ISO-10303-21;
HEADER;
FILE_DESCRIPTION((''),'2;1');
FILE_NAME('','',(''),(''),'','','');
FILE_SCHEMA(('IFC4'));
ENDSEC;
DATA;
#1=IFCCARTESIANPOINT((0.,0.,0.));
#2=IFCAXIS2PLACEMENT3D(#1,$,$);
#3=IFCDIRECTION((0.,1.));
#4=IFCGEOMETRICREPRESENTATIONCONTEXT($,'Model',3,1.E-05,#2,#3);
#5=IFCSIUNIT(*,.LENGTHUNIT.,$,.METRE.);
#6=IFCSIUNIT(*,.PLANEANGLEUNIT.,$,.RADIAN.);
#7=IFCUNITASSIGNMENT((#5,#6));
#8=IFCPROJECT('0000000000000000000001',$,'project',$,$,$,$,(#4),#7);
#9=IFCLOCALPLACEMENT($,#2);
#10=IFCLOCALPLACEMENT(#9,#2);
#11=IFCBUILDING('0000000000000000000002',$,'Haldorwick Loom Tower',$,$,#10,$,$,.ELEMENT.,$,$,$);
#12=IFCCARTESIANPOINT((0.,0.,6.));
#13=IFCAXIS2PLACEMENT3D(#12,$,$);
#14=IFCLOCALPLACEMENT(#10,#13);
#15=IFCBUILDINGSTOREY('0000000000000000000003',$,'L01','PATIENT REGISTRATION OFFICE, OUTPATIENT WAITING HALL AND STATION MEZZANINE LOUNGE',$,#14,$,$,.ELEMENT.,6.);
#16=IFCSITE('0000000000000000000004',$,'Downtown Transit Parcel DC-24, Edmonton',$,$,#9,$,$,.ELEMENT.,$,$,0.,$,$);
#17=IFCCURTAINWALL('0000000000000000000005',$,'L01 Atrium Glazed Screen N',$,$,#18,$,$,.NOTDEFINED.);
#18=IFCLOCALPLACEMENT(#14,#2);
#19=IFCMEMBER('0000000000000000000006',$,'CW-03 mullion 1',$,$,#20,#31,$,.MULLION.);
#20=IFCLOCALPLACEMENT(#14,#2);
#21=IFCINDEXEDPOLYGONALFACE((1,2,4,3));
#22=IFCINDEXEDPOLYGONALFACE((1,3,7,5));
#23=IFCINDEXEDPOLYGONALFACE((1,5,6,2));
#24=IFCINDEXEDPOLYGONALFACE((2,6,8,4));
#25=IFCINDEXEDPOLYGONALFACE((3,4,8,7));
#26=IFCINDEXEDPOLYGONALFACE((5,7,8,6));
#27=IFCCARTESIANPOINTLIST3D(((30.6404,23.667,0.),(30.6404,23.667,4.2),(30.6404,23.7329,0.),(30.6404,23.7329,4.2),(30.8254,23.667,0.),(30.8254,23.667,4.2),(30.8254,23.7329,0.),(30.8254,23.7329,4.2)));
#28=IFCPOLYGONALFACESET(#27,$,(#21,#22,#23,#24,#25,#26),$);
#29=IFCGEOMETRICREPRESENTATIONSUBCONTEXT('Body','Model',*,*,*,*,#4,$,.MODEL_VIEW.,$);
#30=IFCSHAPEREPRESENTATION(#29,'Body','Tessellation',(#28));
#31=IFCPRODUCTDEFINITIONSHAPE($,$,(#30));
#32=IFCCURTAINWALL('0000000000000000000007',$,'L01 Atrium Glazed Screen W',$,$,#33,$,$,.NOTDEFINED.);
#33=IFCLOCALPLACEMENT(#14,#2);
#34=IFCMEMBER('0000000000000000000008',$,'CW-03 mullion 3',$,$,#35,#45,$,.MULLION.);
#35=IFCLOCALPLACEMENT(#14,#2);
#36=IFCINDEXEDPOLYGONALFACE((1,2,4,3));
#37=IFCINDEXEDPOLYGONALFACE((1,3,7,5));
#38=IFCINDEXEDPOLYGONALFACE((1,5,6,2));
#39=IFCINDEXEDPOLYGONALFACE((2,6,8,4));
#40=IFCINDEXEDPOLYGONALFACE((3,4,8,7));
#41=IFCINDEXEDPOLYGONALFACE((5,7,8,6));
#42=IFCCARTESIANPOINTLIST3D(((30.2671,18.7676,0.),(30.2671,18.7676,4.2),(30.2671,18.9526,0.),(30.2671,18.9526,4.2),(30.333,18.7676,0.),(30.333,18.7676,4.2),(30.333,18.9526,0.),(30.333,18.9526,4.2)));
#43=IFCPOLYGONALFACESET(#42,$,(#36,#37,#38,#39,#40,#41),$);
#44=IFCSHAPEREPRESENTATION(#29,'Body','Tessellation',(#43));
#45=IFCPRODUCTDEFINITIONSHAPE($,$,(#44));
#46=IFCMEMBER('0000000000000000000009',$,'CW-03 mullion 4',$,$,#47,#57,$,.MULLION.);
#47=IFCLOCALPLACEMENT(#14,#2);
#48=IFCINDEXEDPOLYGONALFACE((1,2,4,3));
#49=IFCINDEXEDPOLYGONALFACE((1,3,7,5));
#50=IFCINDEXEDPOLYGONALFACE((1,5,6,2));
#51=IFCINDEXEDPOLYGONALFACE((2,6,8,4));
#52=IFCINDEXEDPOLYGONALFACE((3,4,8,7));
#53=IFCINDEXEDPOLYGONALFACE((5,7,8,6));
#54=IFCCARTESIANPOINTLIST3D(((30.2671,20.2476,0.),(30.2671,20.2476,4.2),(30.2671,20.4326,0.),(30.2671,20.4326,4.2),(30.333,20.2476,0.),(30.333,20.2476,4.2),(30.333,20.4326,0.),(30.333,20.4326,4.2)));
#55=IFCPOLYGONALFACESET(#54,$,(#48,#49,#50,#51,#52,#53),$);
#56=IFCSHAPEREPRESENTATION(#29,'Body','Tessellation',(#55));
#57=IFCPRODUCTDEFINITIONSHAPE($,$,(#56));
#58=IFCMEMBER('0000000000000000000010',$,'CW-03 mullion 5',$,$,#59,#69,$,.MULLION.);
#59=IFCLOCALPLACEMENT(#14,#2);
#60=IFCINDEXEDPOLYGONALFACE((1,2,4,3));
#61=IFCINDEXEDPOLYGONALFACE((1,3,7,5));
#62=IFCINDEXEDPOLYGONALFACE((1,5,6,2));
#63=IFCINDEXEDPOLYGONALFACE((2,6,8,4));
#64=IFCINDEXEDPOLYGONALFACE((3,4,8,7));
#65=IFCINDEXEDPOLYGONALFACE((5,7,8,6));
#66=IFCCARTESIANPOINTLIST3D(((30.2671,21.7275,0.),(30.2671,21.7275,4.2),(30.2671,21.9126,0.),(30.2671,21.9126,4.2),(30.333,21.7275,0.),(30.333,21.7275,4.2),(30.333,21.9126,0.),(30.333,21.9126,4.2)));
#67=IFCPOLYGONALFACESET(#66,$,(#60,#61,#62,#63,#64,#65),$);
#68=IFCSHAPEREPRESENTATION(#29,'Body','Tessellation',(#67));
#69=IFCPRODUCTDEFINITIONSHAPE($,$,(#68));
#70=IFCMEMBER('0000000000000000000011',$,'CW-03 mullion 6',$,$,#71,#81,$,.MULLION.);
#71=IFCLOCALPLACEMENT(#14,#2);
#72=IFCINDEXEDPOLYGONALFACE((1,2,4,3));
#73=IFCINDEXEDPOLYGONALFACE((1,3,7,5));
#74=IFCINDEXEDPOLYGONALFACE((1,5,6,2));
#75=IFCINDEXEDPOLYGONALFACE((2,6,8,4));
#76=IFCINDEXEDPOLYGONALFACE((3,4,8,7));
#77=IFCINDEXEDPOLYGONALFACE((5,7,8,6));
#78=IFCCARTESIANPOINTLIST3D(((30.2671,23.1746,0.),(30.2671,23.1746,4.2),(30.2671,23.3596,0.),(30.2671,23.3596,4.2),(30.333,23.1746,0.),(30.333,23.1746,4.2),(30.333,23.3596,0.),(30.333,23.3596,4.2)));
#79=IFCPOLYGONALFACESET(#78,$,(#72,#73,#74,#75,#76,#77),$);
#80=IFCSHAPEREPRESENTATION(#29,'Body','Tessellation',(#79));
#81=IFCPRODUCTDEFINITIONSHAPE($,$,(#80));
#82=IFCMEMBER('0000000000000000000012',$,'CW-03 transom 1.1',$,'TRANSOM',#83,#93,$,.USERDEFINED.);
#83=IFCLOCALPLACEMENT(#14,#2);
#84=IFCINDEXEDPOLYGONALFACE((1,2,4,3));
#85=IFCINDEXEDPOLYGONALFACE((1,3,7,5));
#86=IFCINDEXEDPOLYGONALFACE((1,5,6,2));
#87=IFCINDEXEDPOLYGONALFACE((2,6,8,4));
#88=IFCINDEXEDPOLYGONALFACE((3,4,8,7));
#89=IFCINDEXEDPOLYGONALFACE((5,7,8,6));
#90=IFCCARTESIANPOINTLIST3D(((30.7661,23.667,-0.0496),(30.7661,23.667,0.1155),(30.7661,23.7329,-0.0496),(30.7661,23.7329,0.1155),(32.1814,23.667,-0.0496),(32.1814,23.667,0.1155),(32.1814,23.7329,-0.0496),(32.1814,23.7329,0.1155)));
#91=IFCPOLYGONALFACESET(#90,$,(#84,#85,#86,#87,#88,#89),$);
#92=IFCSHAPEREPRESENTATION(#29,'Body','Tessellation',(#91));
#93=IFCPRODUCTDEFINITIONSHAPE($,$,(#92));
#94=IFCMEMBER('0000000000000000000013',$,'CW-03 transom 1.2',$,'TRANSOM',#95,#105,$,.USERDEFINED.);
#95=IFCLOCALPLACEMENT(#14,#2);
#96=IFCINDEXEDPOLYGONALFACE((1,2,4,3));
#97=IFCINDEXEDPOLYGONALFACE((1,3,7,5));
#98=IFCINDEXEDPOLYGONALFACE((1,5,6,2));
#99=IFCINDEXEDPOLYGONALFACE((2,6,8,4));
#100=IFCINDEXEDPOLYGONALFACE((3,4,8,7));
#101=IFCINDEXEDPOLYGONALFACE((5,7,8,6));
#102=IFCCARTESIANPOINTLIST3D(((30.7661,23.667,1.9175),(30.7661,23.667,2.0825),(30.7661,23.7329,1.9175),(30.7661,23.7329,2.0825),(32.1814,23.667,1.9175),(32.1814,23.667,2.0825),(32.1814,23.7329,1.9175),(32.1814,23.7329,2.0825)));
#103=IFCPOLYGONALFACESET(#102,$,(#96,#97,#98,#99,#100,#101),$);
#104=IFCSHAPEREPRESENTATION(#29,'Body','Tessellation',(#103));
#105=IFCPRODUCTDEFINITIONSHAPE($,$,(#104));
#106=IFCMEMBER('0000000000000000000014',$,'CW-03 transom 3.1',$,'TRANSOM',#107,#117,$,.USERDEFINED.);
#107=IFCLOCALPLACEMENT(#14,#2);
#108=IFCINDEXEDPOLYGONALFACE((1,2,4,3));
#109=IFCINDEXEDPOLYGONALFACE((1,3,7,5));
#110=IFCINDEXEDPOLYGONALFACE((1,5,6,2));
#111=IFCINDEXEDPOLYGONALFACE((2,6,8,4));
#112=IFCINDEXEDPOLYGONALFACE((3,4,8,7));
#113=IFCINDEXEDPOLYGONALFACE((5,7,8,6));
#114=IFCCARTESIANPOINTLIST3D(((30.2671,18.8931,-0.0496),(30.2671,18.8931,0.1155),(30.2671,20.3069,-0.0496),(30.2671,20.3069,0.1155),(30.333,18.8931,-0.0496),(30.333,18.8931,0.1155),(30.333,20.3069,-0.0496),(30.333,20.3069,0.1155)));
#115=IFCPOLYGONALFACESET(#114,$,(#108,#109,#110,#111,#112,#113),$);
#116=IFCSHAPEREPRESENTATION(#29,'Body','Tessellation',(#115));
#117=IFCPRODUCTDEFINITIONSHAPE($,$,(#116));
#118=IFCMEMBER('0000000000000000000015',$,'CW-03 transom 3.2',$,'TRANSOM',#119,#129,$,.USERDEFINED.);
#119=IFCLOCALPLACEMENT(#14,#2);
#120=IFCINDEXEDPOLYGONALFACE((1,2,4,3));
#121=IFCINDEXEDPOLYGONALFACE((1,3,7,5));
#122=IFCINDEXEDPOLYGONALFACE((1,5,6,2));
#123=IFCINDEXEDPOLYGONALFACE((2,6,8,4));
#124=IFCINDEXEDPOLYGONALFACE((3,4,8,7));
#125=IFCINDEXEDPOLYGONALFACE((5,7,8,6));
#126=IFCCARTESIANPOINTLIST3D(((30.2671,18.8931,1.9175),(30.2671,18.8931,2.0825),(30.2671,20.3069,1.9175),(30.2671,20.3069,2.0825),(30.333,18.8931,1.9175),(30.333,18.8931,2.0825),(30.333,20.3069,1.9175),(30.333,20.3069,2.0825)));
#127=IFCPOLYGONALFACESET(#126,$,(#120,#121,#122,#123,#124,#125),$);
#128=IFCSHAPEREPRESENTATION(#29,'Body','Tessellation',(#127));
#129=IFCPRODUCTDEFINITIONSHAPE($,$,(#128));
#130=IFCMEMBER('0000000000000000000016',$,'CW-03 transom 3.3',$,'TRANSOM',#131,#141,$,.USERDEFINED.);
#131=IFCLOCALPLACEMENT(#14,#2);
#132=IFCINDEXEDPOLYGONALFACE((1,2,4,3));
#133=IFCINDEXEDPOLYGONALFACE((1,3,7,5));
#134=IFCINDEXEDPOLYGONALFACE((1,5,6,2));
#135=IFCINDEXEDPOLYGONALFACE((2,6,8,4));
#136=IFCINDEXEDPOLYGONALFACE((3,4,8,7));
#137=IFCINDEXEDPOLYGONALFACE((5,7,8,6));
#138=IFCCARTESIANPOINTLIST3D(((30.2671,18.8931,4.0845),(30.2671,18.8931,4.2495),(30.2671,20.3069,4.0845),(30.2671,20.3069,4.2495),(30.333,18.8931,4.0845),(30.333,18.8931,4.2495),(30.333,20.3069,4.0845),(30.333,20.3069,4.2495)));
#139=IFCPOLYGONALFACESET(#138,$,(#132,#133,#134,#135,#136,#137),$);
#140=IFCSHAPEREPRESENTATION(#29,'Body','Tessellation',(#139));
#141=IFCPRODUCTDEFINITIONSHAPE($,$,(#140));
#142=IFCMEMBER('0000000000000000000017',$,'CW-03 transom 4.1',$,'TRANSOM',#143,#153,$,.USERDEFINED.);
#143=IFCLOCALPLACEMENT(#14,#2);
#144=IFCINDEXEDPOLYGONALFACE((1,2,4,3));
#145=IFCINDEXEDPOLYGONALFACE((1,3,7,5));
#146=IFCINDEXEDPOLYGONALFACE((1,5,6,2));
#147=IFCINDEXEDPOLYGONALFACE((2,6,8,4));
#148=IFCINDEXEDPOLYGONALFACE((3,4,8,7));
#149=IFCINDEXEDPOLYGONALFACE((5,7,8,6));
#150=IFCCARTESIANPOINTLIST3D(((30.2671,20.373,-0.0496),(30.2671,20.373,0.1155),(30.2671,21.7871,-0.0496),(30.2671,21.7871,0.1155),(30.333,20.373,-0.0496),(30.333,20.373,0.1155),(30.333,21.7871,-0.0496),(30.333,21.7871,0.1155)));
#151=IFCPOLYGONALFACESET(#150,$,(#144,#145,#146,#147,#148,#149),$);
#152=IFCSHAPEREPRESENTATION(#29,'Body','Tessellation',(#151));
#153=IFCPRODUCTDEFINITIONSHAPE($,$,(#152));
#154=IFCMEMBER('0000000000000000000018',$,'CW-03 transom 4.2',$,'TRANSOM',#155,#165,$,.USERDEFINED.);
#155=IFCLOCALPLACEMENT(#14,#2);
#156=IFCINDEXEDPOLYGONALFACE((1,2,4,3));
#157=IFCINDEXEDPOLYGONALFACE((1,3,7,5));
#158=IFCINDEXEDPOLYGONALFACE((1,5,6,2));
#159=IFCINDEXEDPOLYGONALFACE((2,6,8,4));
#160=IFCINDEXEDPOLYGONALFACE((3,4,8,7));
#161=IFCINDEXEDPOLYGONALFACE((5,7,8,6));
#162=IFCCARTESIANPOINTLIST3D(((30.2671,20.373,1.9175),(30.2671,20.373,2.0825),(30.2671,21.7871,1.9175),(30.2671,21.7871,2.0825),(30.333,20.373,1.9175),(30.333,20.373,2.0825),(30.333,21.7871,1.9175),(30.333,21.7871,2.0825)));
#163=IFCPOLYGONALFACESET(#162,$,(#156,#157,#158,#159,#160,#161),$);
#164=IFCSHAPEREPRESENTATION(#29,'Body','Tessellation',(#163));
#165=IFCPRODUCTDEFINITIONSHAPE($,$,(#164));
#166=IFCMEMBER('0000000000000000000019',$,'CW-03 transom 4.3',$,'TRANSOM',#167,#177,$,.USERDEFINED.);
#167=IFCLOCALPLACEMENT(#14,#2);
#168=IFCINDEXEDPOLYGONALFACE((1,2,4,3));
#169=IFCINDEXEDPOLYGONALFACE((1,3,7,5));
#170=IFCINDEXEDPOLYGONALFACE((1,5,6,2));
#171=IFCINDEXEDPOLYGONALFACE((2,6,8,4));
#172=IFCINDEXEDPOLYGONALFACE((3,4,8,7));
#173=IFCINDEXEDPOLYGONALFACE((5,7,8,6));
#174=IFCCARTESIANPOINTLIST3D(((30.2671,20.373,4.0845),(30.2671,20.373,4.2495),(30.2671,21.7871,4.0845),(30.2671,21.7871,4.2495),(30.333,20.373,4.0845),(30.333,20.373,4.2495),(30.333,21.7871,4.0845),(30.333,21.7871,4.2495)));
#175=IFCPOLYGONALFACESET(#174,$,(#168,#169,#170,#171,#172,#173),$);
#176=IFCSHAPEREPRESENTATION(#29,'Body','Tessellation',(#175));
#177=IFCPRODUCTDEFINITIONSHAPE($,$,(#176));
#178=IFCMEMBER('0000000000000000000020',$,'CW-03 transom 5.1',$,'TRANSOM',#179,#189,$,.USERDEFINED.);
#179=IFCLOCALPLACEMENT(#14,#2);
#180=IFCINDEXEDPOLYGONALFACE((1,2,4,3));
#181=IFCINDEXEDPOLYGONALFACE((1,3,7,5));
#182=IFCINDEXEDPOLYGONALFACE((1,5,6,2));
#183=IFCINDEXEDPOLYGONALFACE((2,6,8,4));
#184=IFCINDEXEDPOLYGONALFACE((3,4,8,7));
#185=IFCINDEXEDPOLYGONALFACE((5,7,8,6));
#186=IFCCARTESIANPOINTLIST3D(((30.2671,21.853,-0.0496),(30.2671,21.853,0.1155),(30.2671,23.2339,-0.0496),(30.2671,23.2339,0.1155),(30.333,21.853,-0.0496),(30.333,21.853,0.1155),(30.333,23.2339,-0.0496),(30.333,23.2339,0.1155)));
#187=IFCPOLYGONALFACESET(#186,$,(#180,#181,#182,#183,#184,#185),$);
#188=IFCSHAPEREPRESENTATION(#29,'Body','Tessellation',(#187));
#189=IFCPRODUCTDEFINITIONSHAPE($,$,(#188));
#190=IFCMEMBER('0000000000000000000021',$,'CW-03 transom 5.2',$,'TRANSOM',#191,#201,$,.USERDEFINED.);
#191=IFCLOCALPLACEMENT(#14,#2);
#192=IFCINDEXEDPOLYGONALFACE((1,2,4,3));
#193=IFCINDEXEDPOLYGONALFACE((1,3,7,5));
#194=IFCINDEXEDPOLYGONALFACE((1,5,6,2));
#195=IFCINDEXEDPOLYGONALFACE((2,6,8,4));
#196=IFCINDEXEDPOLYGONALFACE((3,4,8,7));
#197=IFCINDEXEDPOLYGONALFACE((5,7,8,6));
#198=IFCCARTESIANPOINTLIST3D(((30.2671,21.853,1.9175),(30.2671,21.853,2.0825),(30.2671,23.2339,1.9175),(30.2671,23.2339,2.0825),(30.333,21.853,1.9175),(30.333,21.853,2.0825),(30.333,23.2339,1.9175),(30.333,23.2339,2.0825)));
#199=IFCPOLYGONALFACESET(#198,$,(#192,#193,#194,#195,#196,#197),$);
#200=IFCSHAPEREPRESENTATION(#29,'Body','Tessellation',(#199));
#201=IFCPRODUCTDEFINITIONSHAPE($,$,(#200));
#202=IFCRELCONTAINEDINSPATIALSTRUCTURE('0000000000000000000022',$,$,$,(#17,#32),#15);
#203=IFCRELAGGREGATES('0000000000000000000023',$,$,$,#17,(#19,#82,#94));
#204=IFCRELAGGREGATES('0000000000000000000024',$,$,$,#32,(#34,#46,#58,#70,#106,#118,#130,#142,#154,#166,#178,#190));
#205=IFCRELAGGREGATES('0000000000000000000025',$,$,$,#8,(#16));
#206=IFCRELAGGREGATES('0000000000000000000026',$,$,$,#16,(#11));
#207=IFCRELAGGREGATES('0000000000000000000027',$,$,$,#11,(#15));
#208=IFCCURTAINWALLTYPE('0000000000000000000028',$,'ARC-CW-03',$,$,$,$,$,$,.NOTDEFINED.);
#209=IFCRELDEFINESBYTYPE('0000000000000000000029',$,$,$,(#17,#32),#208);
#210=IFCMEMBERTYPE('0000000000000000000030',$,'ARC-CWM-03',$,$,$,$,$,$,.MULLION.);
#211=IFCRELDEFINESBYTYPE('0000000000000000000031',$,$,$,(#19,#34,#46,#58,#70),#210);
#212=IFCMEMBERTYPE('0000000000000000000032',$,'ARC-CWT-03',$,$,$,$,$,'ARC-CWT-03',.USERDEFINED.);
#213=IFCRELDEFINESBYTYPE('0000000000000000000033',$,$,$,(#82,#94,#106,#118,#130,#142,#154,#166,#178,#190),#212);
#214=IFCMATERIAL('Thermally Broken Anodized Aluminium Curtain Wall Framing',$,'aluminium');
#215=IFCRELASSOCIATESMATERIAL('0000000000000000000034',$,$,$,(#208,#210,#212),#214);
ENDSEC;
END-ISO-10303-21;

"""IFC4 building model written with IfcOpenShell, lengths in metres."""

from ifc_helpers import new_model, si_unit, direction, frame, origin, origin_2d, place, context, subcontext, project, spatial, rectangle, extrude, material, material_profile, profile_set, type_object, element, aggregate, save


model = new_model("IFC4")

# Units and contexts
model_context = context("Model", 3, precision=1e-05, world=origin(), true_north=direction((0.0, 1.0)))
body_context = subcontext(model_context, "Body", "Model", "MODEL_VIEW")
ifc_project = project(units=[si_unit("LENGTHUNIT", "METRE"), si_unit("PLANEANGLEUNIT", "RADIAN")], contexts=[model_context])

# Site, building, storey
site_placement = place(None, origin())
site = spatial("IfcSite", under=ifc_project, at=site_placement, Name="Downtown Transit Parcel DC-24, Edmonton", CompositionType="ELEMENT", RefElevation=0.0)
building_placement = place(site_placement, origin())
building = spatial("IfcBuilding", under=site, at=building_placement, Name="Haldorwick Loom Tower", CompositionType="ELEMENT")
storey_placement = place(building_placement, frame((0.0, 0.0, 6.0)))
storey = spatial("IfcBuildingStorey", under=building, at=storey_placement, Name="L01", Description="PATIENT REGISTRATION OFFICE, OUTPATIENT WAITING HALL AND STATION MEZZANINE LOUNGE", CompositionType="ELEMENT", Elevation=6.0)

# Curtain wall, member
ifc_material_1 = material(Name="Thermally Broken Anodized Aluminium Curtain Wall Framing", Category="aluminium")
curtain_wall_type = type_object("IfcCurtainWallType", Name="ARC-CW-03", PredefinedType="NOTDEFINED", material=ifc_material_1)
curtain_wall_1_placement = place(storey_placement, origin())
curtain_wall_1 = element("IfcCurtainWall", 1, at=curtain_wall_1_placement, inside=storey, type_object=curtain_wall_type, Name="L01 Atrium Glazed Screen N", PredefinedType="NOTDEFINED")
ifc_material_profile_1 = material_profile(ifc_material_1, rectangle(XDim=0.0659, YDim=0.1851, at=origin_2d()), Name="ALU_MUL_66X185", Category="aluminium")
ifc_profile_set_1 = profile_set([ifc_material_profile_1], Name="Thermally Broken Anodized Aluminium Curtain Wall Framing")
member_type_1 = type_object("IfcMemberType", Name="ARC-CWM-03", PredefinedType="MULLION", material=ifc_profile_set_1)
member_1_placement = place(storey_placement, frame((30.7329, 23.7, 0.0), z_axis=(0.0, 0.0, 1.0), x_axis=(0.0, 1.0, 0.0)))
member_1 = element("IfcMember", 2, at=member_1_placement, type_object=member_type_1, Name="CW-03 mullion 1", PredefinedType="MULLION", context=body_context, shape_type="SweptSolid", body=[
    extrude(rectangle(XDim=0.0659, YDim=0.1851, at=origin_2d()), origin(), (0.0, 0.0, 1.0), 4.2),
])

# Curtain wall, members
curtain_wall_2_placement = place(storey_placement, origin())
curtain_wall_2 = element("IfcCurtainWall", 3, at=curtain_wall_2_placement, inside=storey, type_object=curtain_wall_type, Name="L01 Atrium Glazed Screen W", PredefinedType="NOTDEFINED")
member_2_placement = place(storey_placement, frame((30.3, 18.8601, 0.0), z_axis=(0.0, 0.0, 1.0), x_axis=(-1.0, 0.0, 0.0)))
member_2 = element("IfcMember", 4, at=member_2_placement, type_object=member_type_1, Name="CW-03 mullion 3", PredefinedType="MULLION", context=body_context, shape_type="SweptSolid", body=[
    extrude(rectangle(XDim=0.0659, YDim=0.1851, at=origin_2d()), origin(), (0.0, 0.0, 1.0), 4.2),
])
member_3_placement = place(storey_placement, frame((30.3, 20.3401, 0.0), z_axis=(0.0, 0.0, 1.0), x_axis=(-1.0, 0.0, 0.0)))
member_3 = element("IfcMember", 5, at=member_3_placement, type_object=member_type_1, Name="CW-03 mullion 4", PredefinedType="MULLION", context=body_context, shape_type="SweptSolid", body=[
    extrude(rectangle(XDim=0.0659, YDim=0.1851, at=origin_2d()), origin(), (0.0, 0.0, 1.0), 4.2),
])
member_4_placement = place(storey_placement, frame((30.3, 21.8201, 0.0), z_axis=(0.0, 0.0, 1.0), x_axis=(-1.0, 0.0, 0.0)))
member_4 = element("IfcMember", 6, at=member_4_placement, type_object=member_type_1, Name="CW-03 mullion 5", PredefinedType="MULLION", context=body_context, shape_type="SweptSolid", body=[
    extrude(rectangle(XDim=0.0659, YDim=0.1851, at=origin_2d()), origin(), (0.0, 0.0, 1.0), 4.2),
])
member_5_placement = place(storey_placement, frame((30.3, 23.2671, 0.0), z_axis=(0.0, 0.0, 1.0), x_axis=(-1.0, 0.0, 0.0)))
member_5 = element("IfcMember", 7, at=member_5_placement, type_object=member_type_1, Name="CW-03 mullion 6", PredefinedType="MULLION", context=body_context, shape_type="SweptSolid", body=[
    extrude(rectangle(XDim=0.0659, YDim=0.1851, at=origin_2d()), origin(), (0.0, 0.0, 1.0), 4.2),
])

# Members
ifc_material_profile_2 = material_profile(ifc_material_1, rectangle(XDim=0.0659, YDim=0.165, at=origin_2d()), Name="ALU_TRN_66X165", Category="aluminium")
ifc_profile_set_2 = profile_set([ifc_material_profile_2], Name="Thermally Broken Anodized Aluminium Curtain Wall Framing")
member_type_2 = type_object("IfcMemberType", Name="ARC-CWT-03", ElementType="ARC-CWT-03", PredefinedType="USERDEFINED", material=ifc_profile_set_2)
member_6_placement = place(storey_placement, frame((30.7661, 23.7, 0.033), z_axis=(1.0, 0.0, 0.0), x_axis=(0.0, 1.0, 0.0)))
member_6 = element("IfcMember", 8, at=member_6_placement, type_object=member_type_2, Name="CW-03 transom 1.1", ObjectType="TRANSOM", PredefinedType="USERDEFINED", context=body_context, shape_type="SweptSolid", body=[
    extrude(rectangle(XDim=0.0659, YDim=0.165, at=origin_2d()), origin(), (0.0, 0.0, 1.0), 1.4153),
])
member_7_placement = place(storey_placement, frame((30.7661, 23.7, 2.0), z_axis=(1.0, 0.0, 0.0), x_axis=(0.0, 1.0, 0.0)))
member_7 = element("IfcMember", 9, at=member_7_placement, type_object=member_type_2, Name="CW-03 transom 1.2", ObjectType="TRANSOM", PredefinedType="USERDEFINED", context=body_context, shape_type="SweptSolid", body=[
    extrude(rectangle(XDim=0.0659, YDim=0.165, at=origin_2d()), origin(), (0.0, 0.0, 1.0), 1.4153),
])
aggregate(curtain_wall_1, [member_1, member_6, member_7])
member_8_placement = place(storey_placement, frame((30.3, 18.8931, 0.033), z_axis=(0.0, 1.0, 0.0), x_axis=(-1.0, 0.0, 0.0)))
member_8 = element("IfcMember", 10, at=member_8_placement, type_object=member_type_2, Name="CW-03 transom 3.1", ObjectType="TRANSOM", PredefinedType="USERDEFINED", context=body_context, shape_type="SweptSolid", body=[
    extrude(rectangle(XDim=0.0659, YDim=0.165, at=origin_2d()), origin(), (0.0, 0.0, 1.0), 1.4138),
])
member_9_placement = place(storey_placement, frame((30.3, 18.8931, 2.0), z_axis=(0.0, 1.0, 0.0), x_axis=(-1.0, 0.0, 0.0)))
member_9 = element("IfcMember", 11, at=member_9_placement, type_object=member_type_2, Name="CW-03 transom 3.2", ObjectType="TRANSOM", PredefinedType="USERDEFINED", context=body_context, shape_type="SweptSolid", body=[
    extrude(rectangle(XDim=0.0659, YDim=0.165, at=origin_2d()), origin(), (0.0, 0.0, 1.0), 1.4138),
])
member_10_placement = place(storey_placement, frame((30.3, 18.8931, 4.167), z_axis=(0.0, 1.0, 0.0), x_axis=(-1.0, 0.0, 0.0)))
member_10 = element("IfcMember", 12, at=member_10_placement, type_object=member_type_2, Name="CW-03 transom 3.3", ObjectType="TRANSOM", PredefinedType="USERDEFINED", context=body_context, shape_type="SweptSolid", body=[
    extrude(rectangle(XDim=0.0659, YDim=0.165, at=origin_2d()), origin(), (0.0, 0.0, 1.0), 1.4138),
])
member_11_placement = place(storey_placement, frame((30.3, 20.373, 0.033), z_axis=(0.0, 1.0, 0.0), x_axis=(-1.0, 0.0, 0.0)))
member_11 = element("IfcMember", 13, at=member_11_placement, type_object=member_type_2, Name="CW-03 transom 4.1", ObjectType="TRANSOM", PredefinedType="USERDEFINED", context=body_context, shape_type="SweptSolid", body=[
    extrude(rectangle(XDim=0.0659, YDim=0.165, at=origin_2d()), origin(), (0.0, 0.0, 1.0), 1.4141),
])
member_12_placement = place(storey_placement, frame((30.3, 20.373, 2.0), z_axis=(0.0, 1.0, 0.0), x_axis=(-1.0, 0.0, 0.0)))
member_12 = element("IfcMember", 14, at=member_12_placement, type_object=member_type_2, Name="CW-03 transom 4.2", ObjectType="TRANSOM", PredefinedType="USERDEFINED", context=body_context, shape_type="SweptSolid", body=[
    extrude(rectangle(XDim=0.0659, YDim=0.165, at=origin_2d()), origin(), (0.0, 0.0, 1.0), 1.4141),
])
member_13_placement = place(storey_placement, frame((30.3, 20.373, 4.167), z_axis=(0.0, 1.0, 0.0), x_axis=(-1.0, 0.0, 0.0)))
member_13 = element("IfcMember", 15, at=member_13_placement, type_object=member_type_2, Name="CW-03 transom 4.3", ObjectType="TRANSOM", PredefinedType="USERDEFINED", context=body_context, shape_type="SweptSolid", body=[
    extrude(rectangle(XDim=0.0659, YDim=0.165, at=origin_2d()), origin(), (0.0, 0.0, 1.0), 1.4141),
])
member_14_placement = place(storey_placement, frame((30.3, 21.853, 0.033), z_axis=(0.0, 1.0, 0.0), x_axis=(-1.0, 0.0, 0.0)))
member_14 = element("IfcMember", 16, at=member_14_placement, type_object=member_type_2, Name="CW-03 transom 5.1", ObjectType="TRANSOM", PredefinedType="USERDEFINED", context=body_context, shape_type="SweptSolid", body=[
    extrude(rectangle(XDim=0.0659, YDim=0.165, at=origin_2d()), origin(), (0.0, 0.0, 1.0), 1.3809),
])
member_15_placement = place(storey_placement, frame((30.3, 21.853, 2.0), z_axis=(0.0, 1.0, 0.0), x_axis=(-1.0, 0.0, 0.0)))
member_15 = element("IfcMember", 17, at=member_15_placement, type_object=member_type_2, Name="CW-03 transom 5.2", ObjectType="TRANSOM", PredefinedType="USERDEFINED", context=body_context, shape_type="SweptSolid", body=[
    extrude(rectangle(XDim=0.0659, YDim=0.165, at=origin_2d()), origin(), (0.0, 0.0, 1.0), 1.3809),
])

aggregate(curtain_wall_2, [member_2, member_3, member_4, member_5, member_8, member_9, member_10, member_11, member_12, member_13, member_14, member_15])

save(model, "model.ifc")
